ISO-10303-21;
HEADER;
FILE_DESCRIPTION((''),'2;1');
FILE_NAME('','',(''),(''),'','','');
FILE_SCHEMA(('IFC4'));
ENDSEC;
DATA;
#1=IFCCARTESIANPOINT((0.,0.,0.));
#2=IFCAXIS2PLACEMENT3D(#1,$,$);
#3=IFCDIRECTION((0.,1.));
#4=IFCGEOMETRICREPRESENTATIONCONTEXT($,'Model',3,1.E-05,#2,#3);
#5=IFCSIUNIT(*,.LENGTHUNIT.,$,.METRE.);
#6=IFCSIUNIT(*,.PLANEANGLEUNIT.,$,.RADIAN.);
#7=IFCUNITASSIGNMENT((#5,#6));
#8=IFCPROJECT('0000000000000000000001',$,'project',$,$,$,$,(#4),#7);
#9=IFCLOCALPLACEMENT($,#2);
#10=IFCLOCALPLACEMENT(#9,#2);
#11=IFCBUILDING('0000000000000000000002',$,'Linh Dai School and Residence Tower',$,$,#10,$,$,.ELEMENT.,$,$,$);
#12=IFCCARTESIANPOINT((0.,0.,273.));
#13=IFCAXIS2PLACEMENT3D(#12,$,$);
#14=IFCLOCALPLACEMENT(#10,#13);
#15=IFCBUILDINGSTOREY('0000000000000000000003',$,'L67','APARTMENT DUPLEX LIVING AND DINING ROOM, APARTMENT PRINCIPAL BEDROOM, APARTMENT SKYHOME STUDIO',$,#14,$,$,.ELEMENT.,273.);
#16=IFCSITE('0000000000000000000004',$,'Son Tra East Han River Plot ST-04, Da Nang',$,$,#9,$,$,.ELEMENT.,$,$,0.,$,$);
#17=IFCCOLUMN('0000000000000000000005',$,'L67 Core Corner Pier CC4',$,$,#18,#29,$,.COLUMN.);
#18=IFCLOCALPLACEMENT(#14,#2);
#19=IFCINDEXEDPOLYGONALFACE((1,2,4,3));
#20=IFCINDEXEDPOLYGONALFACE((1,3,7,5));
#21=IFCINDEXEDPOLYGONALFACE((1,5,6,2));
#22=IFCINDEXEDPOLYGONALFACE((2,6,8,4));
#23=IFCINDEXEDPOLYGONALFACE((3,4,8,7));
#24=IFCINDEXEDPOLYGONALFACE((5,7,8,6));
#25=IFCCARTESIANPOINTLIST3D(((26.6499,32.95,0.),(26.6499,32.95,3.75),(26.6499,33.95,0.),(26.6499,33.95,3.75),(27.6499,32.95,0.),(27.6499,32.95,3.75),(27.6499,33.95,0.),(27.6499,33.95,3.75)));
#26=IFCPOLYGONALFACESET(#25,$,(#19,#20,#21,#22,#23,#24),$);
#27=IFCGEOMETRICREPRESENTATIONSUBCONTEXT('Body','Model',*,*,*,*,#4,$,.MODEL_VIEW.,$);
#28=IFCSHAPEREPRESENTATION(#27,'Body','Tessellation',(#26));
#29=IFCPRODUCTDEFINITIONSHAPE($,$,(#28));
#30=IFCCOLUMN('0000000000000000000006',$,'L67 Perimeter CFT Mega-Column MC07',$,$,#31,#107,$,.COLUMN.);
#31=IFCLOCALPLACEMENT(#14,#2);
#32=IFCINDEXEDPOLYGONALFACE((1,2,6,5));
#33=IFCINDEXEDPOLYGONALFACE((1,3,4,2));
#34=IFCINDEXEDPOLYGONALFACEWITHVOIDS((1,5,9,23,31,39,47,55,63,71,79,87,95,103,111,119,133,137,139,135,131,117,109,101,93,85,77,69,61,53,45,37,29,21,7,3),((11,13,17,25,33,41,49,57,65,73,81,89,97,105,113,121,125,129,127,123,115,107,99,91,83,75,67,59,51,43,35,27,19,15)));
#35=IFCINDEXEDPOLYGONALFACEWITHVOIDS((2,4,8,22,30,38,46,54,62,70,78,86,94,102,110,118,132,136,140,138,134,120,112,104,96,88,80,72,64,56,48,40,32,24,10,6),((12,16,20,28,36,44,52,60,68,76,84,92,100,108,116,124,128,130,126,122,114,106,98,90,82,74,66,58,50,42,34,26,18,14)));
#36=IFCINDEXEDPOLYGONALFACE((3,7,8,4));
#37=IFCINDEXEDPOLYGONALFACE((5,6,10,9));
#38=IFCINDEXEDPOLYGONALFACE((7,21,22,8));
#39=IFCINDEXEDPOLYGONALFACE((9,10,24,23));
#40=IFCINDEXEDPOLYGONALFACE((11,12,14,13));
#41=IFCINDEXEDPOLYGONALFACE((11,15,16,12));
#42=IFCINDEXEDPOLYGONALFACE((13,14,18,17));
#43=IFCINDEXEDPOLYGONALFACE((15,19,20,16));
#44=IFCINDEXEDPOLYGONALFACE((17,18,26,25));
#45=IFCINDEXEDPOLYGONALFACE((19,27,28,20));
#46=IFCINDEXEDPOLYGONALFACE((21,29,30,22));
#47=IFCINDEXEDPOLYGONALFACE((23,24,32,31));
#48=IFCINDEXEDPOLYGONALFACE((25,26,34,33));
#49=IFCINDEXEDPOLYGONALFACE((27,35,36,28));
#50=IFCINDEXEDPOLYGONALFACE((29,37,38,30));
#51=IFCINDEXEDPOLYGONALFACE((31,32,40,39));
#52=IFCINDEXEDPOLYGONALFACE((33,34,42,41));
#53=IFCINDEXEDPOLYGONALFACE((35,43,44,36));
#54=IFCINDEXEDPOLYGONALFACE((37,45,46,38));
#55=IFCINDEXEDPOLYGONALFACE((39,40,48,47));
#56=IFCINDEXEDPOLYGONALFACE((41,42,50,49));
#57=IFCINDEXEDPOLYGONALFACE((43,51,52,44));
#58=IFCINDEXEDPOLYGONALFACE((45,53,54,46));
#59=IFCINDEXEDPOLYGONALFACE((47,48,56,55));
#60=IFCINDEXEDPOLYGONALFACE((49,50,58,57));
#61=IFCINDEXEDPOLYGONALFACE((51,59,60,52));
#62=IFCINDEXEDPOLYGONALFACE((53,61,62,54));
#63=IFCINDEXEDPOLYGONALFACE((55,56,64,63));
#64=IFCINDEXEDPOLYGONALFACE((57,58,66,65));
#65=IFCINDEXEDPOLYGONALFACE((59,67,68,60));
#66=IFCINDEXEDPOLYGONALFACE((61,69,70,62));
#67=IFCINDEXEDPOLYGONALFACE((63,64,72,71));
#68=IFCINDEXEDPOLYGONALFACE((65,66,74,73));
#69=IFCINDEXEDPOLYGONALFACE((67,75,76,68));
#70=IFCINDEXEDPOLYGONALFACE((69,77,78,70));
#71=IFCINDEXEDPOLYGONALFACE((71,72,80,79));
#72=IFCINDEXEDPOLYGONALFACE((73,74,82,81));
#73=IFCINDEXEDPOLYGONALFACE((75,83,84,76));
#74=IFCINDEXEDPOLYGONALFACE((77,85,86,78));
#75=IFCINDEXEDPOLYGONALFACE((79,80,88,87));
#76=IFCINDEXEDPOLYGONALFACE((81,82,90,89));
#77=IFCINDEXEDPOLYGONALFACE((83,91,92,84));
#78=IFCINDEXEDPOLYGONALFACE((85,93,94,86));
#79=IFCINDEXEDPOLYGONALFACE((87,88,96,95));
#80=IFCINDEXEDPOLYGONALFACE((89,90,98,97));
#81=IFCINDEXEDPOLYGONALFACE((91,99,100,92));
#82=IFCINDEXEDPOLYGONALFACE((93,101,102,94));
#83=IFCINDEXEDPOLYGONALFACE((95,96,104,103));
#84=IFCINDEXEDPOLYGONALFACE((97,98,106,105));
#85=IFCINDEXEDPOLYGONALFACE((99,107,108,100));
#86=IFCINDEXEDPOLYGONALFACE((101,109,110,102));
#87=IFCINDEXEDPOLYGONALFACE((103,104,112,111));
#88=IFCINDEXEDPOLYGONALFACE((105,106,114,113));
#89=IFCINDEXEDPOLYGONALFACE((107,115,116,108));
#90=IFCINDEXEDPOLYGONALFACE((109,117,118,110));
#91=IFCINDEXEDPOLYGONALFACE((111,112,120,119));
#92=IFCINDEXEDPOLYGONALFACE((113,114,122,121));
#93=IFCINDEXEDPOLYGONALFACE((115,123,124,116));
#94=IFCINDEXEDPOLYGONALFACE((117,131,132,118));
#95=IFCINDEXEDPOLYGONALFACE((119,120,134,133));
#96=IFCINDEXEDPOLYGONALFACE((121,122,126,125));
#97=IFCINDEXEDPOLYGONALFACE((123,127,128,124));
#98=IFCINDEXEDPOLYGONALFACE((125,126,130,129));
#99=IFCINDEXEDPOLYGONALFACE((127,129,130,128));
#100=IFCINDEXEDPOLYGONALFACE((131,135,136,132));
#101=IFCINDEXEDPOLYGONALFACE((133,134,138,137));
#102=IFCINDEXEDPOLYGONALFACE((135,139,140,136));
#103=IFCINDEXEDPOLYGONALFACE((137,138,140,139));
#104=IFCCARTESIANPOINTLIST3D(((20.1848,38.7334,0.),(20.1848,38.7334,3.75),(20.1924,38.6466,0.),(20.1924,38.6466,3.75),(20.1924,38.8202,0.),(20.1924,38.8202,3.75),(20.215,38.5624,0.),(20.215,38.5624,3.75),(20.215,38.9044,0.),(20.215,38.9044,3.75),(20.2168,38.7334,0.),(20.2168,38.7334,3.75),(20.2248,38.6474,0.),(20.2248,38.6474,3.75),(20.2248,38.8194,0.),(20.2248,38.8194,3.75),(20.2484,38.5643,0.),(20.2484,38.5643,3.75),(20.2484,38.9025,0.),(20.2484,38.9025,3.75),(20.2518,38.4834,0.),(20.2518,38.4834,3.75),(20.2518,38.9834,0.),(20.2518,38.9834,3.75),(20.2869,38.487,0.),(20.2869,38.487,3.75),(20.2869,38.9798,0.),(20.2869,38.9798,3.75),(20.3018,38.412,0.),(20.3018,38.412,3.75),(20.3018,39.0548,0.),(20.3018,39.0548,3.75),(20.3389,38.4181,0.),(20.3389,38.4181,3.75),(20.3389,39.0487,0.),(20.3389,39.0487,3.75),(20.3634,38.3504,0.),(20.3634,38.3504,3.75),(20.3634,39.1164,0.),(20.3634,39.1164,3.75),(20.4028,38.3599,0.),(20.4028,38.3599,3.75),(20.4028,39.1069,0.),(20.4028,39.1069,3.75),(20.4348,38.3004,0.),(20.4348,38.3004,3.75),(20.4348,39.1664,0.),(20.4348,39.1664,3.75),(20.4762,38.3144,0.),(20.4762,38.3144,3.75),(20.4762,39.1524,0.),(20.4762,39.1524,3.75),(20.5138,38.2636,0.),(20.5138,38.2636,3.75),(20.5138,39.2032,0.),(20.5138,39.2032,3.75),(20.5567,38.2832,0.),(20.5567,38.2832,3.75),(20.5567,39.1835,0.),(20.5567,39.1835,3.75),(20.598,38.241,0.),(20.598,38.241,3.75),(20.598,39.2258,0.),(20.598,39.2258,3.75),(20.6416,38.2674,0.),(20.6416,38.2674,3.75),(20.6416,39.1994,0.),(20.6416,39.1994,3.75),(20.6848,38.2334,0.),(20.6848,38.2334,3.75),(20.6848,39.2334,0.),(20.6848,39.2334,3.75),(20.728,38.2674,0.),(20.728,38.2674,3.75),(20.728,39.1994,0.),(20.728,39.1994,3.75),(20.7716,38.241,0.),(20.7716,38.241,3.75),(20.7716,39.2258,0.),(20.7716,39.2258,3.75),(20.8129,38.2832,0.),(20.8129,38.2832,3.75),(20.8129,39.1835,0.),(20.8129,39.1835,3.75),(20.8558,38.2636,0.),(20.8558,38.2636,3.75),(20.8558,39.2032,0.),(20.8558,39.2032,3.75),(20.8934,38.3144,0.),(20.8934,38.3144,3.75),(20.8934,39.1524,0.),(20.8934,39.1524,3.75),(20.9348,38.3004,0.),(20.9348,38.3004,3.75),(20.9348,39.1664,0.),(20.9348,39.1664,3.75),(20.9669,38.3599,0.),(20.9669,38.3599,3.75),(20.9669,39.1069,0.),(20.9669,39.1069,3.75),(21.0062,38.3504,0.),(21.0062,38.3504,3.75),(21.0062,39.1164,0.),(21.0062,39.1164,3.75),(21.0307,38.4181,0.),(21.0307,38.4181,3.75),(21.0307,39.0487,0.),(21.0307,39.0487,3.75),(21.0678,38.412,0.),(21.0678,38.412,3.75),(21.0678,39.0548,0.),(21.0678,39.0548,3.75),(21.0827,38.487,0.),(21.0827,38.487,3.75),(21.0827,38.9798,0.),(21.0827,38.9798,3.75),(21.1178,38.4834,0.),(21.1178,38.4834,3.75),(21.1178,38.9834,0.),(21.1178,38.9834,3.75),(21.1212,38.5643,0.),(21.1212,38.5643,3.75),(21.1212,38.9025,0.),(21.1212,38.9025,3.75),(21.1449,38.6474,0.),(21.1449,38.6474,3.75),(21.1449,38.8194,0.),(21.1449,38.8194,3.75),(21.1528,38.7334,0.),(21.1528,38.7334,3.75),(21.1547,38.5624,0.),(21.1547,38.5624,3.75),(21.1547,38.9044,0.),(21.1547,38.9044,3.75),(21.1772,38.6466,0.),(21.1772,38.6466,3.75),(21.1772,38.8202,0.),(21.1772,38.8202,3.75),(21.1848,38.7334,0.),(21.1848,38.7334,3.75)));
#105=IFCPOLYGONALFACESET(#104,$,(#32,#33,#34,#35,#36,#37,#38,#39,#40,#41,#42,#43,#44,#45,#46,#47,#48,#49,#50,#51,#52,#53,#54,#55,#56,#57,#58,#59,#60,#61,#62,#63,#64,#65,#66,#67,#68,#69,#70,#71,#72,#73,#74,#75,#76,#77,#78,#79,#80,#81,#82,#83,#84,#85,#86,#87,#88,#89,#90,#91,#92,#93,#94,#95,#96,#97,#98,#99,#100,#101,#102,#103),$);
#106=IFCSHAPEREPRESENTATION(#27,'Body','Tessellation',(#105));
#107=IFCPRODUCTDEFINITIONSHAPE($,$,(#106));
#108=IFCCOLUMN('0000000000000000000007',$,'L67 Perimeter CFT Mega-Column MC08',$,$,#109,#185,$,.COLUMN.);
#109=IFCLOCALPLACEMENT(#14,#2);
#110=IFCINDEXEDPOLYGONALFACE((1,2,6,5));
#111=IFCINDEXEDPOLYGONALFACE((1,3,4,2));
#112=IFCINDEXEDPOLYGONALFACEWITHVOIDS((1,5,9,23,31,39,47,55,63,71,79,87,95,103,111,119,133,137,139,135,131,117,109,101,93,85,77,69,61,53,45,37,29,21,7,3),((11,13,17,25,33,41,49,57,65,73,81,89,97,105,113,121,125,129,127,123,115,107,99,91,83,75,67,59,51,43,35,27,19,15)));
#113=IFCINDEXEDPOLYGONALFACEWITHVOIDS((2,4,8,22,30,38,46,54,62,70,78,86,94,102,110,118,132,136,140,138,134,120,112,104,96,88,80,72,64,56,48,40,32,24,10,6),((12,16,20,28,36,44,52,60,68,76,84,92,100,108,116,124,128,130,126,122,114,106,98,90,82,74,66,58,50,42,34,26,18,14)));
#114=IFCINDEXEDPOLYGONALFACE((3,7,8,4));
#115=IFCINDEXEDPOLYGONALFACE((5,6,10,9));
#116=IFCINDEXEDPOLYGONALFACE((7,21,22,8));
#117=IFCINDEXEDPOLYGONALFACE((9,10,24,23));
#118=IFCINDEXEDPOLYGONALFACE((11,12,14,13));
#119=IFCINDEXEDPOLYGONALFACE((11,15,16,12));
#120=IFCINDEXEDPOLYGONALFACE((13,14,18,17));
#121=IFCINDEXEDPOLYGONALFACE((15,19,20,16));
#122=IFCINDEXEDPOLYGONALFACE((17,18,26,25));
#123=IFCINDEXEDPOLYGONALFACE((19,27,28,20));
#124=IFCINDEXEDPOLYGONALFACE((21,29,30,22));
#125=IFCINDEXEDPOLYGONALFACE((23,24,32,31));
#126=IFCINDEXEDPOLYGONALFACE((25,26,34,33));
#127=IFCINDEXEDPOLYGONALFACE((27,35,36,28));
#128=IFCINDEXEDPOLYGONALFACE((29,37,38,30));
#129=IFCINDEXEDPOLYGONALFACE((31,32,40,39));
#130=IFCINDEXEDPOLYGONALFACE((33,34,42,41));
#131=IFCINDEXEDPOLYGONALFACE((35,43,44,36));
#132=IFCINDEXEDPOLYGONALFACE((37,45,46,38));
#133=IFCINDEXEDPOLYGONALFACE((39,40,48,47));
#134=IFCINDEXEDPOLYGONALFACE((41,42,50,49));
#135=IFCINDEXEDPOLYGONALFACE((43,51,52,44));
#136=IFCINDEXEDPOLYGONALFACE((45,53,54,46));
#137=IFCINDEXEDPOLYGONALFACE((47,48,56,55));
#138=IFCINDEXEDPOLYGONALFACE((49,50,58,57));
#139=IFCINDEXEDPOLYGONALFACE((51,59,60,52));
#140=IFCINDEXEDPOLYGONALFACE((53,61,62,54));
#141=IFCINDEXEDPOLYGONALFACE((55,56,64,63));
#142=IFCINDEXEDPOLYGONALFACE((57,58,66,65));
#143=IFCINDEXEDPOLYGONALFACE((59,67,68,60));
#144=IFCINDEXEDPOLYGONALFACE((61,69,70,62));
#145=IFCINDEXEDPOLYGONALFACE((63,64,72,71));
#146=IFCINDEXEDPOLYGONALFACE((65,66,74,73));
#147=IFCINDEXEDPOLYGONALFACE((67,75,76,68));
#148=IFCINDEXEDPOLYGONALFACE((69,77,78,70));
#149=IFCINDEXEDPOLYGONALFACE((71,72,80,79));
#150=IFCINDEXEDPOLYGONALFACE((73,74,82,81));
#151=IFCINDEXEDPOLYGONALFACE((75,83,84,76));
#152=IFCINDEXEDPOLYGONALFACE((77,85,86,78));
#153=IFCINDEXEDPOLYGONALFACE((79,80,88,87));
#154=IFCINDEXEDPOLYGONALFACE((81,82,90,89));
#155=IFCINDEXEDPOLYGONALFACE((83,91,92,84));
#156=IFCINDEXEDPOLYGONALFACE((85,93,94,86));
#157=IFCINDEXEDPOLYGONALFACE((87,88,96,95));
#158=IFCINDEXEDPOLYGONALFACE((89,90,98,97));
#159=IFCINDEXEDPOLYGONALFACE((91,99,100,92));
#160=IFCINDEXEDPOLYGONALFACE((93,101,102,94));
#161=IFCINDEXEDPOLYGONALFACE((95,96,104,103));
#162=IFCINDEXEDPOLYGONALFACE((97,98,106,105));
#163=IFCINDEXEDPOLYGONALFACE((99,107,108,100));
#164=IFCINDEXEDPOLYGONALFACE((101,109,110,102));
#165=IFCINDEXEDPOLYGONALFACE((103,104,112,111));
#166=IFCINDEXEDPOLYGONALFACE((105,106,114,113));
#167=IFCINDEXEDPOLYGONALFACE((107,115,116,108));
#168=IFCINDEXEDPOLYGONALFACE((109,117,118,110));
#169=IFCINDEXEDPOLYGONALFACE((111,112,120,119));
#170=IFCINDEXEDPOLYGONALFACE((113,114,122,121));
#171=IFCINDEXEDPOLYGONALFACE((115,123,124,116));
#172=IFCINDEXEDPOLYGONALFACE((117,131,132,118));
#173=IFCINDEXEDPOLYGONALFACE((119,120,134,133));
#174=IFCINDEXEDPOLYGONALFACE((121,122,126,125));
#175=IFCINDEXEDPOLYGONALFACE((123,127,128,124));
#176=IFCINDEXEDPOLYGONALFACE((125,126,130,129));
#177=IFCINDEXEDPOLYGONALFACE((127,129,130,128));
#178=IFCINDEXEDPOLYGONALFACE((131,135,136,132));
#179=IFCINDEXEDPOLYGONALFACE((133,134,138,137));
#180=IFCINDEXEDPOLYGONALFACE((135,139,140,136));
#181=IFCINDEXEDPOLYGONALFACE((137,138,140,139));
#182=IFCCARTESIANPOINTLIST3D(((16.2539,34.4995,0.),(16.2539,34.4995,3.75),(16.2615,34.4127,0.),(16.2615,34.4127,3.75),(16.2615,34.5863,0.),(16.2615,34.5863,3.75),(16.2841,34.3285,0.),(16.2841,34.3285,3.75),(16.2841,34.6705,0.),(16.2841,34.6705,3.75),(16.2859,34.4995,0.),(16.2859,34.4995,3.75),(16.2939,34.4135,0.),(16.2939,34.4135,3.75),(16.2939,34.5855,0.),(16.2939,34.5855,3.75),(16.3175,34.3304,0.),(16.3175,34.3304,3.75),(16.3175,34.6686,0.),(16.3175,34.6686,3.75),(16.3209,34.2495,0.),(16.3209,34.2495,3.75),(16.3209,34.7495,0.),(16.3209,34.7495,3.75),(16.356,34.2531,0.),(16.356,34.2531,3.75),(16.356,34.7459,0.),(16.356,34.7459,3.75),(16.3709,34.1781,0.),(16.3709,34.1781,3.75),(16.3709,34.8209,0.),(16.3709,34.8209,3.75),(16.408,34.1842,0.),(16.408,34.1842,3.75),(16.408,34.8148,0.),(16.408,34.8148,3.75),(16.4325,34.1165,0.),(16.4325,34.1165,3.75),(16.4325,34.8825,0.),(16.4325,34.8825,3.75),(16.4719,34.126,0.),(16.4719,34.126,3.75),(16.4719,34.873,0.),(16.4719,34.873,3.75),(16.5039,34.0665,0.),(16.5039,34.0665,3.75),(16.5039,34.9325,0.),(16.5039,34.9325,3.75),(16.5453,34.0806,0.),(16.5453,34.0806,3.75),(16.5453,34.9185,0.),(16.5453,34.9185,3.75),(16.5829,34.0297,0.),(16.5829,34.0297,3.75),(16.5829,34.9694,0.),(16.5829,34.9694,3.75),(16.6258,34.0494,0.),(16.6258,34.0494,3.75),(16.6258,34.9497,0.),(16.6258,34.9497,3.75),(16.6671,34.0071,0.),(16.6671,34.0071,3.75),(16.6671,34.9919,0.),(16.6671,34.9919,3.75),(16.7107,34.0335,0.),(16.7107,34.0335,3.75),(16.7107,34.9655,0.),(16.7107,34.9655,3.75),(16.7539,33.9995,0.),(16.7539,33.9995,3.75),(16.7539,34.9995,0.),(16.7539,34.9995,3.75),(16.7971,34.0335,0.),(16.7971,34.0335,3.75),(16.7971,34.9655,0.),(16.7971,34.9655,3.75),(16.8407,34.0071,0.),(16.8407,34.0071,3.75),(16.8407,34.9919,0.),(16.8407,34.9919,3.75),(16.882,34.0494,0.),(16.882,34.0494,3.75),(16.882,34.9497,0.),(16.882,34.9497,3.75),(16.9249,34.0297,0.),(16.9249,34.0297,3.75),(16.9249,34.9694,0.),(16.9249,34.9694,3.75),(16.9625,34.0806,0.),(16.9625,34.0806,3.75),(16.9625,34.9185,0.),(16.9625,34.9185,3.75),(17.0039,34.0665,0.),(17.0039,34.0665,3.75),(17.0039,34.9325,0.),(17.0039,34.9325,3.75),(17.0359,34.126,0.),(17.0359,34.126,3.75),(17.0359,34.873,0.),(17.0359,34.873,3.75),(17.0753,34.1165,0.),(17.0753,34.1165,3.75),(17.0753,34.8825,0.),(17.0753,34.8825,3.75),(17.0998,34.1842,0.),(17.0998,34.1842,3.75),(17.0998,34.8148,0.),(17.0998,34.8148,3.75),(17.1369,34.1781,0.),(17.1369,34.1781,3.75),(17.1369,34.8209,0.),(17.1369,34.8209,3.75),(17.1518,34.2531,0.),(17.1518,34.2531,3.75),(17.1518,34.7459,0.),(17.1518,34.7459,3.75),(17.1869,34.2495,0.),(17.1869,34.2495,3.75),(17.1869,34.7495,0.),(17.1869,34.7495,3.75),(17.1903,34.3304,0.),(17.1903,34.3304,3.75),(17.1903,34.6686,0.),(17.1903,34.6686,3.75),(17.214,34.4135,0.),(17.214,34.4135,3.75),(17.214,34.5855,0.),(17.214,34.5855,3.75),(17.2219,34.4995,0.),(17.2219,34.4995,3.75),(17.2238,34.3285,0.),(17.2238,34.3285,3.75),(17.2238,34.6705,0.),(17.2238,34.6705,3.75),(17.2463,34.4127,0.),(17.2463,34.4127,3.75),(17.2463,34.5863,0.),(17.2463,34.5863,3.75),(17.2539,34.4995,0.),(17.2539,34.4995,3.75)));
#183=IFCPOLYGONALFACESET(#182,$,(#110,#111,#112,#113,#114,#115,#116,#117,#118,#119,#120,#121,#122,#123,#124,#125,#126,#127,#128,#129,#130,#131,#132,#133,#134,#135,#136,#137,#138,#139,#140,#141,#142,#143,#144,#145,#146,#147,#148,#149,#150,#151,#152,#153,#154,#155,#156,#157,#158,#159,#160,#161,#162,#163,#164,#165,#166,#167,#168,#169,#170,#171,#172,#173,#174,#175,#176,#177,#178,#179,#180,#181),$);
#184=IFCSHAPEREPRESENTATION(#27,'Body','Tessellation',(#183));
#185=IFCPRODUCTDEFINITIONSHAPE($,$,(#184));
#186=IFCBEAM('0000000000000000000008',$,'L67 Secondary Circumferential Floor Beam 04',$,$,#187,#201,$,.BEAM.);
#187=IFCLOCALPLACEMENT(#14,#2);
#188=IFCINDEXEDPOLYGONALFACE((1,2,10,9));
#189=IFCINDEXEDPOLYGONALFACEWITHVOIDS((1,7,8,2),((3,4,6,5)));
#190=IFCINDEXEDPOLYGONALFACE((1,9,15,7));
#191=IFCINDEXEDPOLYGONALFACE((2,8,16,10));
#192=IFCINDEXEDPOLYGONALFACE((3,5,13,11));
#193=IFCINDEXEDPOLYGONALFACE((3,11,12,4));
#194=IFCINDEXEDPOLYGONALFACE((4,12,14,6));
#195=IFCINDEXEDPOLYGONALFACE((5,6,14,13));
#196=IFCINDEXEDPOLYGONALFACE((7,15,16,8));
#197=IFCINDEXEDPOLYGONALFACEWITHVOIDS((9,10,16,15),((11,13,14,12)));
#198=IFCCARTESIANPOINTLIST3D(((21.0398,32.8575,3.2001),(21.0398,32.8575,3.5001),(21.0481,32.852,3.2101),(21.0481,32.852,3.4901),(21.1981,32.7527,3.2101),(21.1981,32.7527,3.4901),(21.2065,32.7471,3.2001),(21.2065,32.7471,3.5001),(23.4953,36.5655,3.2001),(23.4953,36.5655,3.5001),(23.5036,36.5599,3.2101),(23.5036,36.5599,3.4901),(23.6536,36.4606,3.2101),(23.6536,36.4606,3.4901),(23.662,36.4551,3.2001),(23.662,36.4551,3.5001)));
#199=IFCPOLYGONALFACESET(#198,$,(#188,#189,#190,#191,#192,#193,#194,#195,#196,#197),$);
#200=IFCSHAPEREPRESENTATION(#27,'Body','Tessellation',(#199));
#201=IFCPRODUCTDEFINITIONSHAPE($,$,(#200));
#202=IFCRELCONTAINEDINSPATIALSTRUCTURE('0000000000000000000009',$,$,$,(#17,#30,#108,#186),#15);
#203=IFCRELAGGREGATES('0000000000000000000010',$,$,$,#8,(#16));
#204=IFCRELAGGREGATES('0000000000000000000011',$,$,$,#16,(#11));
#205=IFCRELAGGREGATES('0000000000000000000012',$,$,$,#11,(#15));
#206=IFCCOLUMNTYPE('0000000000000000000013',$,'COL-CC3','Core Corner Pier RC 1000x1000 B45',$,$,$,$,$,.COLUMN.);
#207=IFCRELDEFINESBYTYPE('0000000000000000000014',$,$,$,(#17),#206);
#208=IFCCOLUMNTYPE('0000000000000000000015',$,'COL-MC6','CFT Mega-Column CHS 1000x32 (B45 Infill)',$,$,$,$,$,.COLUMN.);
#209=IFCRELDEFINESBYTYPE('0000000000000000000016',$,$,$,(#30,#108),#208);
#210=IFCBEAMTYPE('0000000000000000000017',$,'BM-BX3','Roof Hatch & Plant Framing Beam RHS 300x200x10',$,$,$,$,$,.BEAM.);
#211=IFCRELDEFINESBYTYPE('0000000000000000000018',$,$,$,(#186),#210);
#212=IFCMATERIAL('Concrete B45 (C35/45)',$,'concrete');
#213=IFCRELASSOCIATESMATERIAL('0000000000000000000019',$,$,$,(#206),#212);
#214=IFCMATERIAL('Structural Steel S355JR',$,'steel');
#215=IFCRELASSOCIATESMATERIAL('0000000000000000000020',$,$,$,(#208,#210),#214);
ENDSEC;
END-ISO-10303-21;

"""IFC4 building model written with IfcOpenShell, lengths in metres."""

from ifc_helpers import new_model, si_unit, direction, frame, origin, origin_2d, place, context, subcontext, project, spatial, rectangle, hollow_rectangle, hollow_circle, extrude, material, material_profile, profile_set, type_object, element, save


model = new_model("IFC4")

# Units and contexts
model_context = context("Model", 3, precision=1e-05, world=origin(), true_north=direction((0.0, 1.0)))
body_context = subcontext(model_context, "Body", "Model", "MODEL_VIEW")
ifc_project = project(units=[si_unit("LENGTHUNIT", "METRE"), si_unit("PLANEANGLEUNIT", "RADIAN")], contexts=[model_context])

# Site, building, storey
site_placement = place(None, origin())
site = spatial("IfcSite", under=ifc_project, at=site_placement, Name="Son Tra East Han River Plot ST-04, Da Nang", CompositionType="ELEMENT", RefElevation=0.0)
building_placement = place(site_placement, origin())
building = spatial("IfcBuilding", under=site, at=building_placement, Name="Linh Dai School and Residence Tower", CompositionType="ELEMENT")
storey_placement = place(building_placement, frame((0.0, 0.0, 273.0)))
storey = spatial("IfcBuildingStorey", under=building, at=storey_placement, Name="L67", Description="APARTMENT DUPLEX LIVING AND DINING ROOM, APARTMENT PRINCIPAL BEDROOM, APARTMENT SKYHOME STUDIO", CompositionType="ELEMENT", Elevation=273.0)

# Columns
ifc_material_1 = material(Name="Concrete B45 (C35/45)", Category="concrete")
ifc_material_profile_1 = material_profile(ifc_material_1, rectangle(XDim=1.0, YDim=1.0, at=origin_2d()), Name="RC 1000x1000")
ifc_profile_set_1 = profile_set([ifc_material_profile_1], Name="Concrete B45 (C35/45)")
column_type_1 = type_object("IfcColumnType", Name="COL-CC3", Description="Core Corner Pier RC 1000x1000 B45", PredefinedType="COLUMN", material=ifc_profile_set_1)
column_placement = place(storey_placement, frame((27.1499, 33.45, 0.0), z_axis=(0.0, 0.0, 1.0), x_axis=(1.0, 0.0, 0.0)))
element("IfcColumn", 1, at=column_placement, inside=storey, type_object=column_type_1, Name="L67 Core Corner Pier CC4", PredefinedType="COLUMN", context=body_context, shape_type="SweptSolid", body=[
    extrude(rectangle(XDim=1.0, YDim=1.0, at=origin_2d()), origin(), (0.0, 0.0, 1.0), 3.75),
])
ifc_material_2 = material(Name="Structural Steel S355JR", Category="steel")
ifc_material_profile_2 = material_profile(ifc_material_2, hollow_circle(Radius=0.5, WallThickness=0.032, at=origin_2d()), Name="CHS 1000x32")
ifc_profile_set_2 = profile_set([ifc_material_profile_2], Name="Structural Steel S355JR")
column_type_2 = type_object("IfcColumnType", Name="COL-MC6", Description="CFT Mega-Column CHS 1000x32 (B45 Infill)", PredefinedType="COLUMN", material=ifc_profile_set_2)
for number, where, z_axis, x_axis, name in (
    (2, (20.6848, 38.7334, 0.0), (0.0, 0.0, 1.0), (1.0, 0.0, 0.0), "L67 Perimeter CFT Mega-Column MC07"),
    (3, (16.7539, 34.4995, 0.0), (0.0, 0.0, 1.0), (1.0, 0.0, 0.0), "L67 Perimeter CFT Mega-Column MC08"),
):
    element("IfcColumn", number, at=place(storey_placement, frame(where, z_axis=z_axis, x_axis=x_axis)), inside=storey, type_object=column_type_2, Name=name, PredefinedType="COLUMN", context=body_context, shape_type="SweptSolid", body=[
        extrude(hollow_circle(Radius=0.5, WallThickness=0.032, at=origin_2d()), origin(), (0.0, 0.0, 1.0), 3.75),
    ])

# Beam
ifc_material_profile_3 = material_profile(ifc_material_2, hollow_rectangle(XDim=0.2, YDim=0.3, WallThickness=0.01, at=origin_2d()), Name="RHS 300x200x10")
ifc_profile_set_3 = profile_set([ifc_material_profile_3], Name="Structural Steel S355JR")
beam_type_1 = type_object("IfcBeamType", Name="BM-BX3", Description="Roof Hatch & Plant Framing Beam RHS 300x200x10", PredefinedType="BEAM", material=ifc_profile_set_3)
beam_1_placement = place(storey_placement, frame((23.5786, 36.5103, 3.3501), z_axis=(-0.552139, -0.833752, 0.0), x_axis=(0.833752, -0.552139, 0.0)))
element("IfcBeam", 4, at=beam_1_placement, inside=storey, type_object=beam_type_1, Name="L67 Secondary Circumferential Floor Beam 04", PredefinedType="BEAM", context=body_context, shape_type="SweptSolid", body=[
    extrude(hollow_rectangle(XDim=0.2, YDim=0.3, WallThickness=0.01, at=origin_2d()), origin(), (0.0, 0.0, 1.0), 4.4473),
])

save(model, "model.ifc")
